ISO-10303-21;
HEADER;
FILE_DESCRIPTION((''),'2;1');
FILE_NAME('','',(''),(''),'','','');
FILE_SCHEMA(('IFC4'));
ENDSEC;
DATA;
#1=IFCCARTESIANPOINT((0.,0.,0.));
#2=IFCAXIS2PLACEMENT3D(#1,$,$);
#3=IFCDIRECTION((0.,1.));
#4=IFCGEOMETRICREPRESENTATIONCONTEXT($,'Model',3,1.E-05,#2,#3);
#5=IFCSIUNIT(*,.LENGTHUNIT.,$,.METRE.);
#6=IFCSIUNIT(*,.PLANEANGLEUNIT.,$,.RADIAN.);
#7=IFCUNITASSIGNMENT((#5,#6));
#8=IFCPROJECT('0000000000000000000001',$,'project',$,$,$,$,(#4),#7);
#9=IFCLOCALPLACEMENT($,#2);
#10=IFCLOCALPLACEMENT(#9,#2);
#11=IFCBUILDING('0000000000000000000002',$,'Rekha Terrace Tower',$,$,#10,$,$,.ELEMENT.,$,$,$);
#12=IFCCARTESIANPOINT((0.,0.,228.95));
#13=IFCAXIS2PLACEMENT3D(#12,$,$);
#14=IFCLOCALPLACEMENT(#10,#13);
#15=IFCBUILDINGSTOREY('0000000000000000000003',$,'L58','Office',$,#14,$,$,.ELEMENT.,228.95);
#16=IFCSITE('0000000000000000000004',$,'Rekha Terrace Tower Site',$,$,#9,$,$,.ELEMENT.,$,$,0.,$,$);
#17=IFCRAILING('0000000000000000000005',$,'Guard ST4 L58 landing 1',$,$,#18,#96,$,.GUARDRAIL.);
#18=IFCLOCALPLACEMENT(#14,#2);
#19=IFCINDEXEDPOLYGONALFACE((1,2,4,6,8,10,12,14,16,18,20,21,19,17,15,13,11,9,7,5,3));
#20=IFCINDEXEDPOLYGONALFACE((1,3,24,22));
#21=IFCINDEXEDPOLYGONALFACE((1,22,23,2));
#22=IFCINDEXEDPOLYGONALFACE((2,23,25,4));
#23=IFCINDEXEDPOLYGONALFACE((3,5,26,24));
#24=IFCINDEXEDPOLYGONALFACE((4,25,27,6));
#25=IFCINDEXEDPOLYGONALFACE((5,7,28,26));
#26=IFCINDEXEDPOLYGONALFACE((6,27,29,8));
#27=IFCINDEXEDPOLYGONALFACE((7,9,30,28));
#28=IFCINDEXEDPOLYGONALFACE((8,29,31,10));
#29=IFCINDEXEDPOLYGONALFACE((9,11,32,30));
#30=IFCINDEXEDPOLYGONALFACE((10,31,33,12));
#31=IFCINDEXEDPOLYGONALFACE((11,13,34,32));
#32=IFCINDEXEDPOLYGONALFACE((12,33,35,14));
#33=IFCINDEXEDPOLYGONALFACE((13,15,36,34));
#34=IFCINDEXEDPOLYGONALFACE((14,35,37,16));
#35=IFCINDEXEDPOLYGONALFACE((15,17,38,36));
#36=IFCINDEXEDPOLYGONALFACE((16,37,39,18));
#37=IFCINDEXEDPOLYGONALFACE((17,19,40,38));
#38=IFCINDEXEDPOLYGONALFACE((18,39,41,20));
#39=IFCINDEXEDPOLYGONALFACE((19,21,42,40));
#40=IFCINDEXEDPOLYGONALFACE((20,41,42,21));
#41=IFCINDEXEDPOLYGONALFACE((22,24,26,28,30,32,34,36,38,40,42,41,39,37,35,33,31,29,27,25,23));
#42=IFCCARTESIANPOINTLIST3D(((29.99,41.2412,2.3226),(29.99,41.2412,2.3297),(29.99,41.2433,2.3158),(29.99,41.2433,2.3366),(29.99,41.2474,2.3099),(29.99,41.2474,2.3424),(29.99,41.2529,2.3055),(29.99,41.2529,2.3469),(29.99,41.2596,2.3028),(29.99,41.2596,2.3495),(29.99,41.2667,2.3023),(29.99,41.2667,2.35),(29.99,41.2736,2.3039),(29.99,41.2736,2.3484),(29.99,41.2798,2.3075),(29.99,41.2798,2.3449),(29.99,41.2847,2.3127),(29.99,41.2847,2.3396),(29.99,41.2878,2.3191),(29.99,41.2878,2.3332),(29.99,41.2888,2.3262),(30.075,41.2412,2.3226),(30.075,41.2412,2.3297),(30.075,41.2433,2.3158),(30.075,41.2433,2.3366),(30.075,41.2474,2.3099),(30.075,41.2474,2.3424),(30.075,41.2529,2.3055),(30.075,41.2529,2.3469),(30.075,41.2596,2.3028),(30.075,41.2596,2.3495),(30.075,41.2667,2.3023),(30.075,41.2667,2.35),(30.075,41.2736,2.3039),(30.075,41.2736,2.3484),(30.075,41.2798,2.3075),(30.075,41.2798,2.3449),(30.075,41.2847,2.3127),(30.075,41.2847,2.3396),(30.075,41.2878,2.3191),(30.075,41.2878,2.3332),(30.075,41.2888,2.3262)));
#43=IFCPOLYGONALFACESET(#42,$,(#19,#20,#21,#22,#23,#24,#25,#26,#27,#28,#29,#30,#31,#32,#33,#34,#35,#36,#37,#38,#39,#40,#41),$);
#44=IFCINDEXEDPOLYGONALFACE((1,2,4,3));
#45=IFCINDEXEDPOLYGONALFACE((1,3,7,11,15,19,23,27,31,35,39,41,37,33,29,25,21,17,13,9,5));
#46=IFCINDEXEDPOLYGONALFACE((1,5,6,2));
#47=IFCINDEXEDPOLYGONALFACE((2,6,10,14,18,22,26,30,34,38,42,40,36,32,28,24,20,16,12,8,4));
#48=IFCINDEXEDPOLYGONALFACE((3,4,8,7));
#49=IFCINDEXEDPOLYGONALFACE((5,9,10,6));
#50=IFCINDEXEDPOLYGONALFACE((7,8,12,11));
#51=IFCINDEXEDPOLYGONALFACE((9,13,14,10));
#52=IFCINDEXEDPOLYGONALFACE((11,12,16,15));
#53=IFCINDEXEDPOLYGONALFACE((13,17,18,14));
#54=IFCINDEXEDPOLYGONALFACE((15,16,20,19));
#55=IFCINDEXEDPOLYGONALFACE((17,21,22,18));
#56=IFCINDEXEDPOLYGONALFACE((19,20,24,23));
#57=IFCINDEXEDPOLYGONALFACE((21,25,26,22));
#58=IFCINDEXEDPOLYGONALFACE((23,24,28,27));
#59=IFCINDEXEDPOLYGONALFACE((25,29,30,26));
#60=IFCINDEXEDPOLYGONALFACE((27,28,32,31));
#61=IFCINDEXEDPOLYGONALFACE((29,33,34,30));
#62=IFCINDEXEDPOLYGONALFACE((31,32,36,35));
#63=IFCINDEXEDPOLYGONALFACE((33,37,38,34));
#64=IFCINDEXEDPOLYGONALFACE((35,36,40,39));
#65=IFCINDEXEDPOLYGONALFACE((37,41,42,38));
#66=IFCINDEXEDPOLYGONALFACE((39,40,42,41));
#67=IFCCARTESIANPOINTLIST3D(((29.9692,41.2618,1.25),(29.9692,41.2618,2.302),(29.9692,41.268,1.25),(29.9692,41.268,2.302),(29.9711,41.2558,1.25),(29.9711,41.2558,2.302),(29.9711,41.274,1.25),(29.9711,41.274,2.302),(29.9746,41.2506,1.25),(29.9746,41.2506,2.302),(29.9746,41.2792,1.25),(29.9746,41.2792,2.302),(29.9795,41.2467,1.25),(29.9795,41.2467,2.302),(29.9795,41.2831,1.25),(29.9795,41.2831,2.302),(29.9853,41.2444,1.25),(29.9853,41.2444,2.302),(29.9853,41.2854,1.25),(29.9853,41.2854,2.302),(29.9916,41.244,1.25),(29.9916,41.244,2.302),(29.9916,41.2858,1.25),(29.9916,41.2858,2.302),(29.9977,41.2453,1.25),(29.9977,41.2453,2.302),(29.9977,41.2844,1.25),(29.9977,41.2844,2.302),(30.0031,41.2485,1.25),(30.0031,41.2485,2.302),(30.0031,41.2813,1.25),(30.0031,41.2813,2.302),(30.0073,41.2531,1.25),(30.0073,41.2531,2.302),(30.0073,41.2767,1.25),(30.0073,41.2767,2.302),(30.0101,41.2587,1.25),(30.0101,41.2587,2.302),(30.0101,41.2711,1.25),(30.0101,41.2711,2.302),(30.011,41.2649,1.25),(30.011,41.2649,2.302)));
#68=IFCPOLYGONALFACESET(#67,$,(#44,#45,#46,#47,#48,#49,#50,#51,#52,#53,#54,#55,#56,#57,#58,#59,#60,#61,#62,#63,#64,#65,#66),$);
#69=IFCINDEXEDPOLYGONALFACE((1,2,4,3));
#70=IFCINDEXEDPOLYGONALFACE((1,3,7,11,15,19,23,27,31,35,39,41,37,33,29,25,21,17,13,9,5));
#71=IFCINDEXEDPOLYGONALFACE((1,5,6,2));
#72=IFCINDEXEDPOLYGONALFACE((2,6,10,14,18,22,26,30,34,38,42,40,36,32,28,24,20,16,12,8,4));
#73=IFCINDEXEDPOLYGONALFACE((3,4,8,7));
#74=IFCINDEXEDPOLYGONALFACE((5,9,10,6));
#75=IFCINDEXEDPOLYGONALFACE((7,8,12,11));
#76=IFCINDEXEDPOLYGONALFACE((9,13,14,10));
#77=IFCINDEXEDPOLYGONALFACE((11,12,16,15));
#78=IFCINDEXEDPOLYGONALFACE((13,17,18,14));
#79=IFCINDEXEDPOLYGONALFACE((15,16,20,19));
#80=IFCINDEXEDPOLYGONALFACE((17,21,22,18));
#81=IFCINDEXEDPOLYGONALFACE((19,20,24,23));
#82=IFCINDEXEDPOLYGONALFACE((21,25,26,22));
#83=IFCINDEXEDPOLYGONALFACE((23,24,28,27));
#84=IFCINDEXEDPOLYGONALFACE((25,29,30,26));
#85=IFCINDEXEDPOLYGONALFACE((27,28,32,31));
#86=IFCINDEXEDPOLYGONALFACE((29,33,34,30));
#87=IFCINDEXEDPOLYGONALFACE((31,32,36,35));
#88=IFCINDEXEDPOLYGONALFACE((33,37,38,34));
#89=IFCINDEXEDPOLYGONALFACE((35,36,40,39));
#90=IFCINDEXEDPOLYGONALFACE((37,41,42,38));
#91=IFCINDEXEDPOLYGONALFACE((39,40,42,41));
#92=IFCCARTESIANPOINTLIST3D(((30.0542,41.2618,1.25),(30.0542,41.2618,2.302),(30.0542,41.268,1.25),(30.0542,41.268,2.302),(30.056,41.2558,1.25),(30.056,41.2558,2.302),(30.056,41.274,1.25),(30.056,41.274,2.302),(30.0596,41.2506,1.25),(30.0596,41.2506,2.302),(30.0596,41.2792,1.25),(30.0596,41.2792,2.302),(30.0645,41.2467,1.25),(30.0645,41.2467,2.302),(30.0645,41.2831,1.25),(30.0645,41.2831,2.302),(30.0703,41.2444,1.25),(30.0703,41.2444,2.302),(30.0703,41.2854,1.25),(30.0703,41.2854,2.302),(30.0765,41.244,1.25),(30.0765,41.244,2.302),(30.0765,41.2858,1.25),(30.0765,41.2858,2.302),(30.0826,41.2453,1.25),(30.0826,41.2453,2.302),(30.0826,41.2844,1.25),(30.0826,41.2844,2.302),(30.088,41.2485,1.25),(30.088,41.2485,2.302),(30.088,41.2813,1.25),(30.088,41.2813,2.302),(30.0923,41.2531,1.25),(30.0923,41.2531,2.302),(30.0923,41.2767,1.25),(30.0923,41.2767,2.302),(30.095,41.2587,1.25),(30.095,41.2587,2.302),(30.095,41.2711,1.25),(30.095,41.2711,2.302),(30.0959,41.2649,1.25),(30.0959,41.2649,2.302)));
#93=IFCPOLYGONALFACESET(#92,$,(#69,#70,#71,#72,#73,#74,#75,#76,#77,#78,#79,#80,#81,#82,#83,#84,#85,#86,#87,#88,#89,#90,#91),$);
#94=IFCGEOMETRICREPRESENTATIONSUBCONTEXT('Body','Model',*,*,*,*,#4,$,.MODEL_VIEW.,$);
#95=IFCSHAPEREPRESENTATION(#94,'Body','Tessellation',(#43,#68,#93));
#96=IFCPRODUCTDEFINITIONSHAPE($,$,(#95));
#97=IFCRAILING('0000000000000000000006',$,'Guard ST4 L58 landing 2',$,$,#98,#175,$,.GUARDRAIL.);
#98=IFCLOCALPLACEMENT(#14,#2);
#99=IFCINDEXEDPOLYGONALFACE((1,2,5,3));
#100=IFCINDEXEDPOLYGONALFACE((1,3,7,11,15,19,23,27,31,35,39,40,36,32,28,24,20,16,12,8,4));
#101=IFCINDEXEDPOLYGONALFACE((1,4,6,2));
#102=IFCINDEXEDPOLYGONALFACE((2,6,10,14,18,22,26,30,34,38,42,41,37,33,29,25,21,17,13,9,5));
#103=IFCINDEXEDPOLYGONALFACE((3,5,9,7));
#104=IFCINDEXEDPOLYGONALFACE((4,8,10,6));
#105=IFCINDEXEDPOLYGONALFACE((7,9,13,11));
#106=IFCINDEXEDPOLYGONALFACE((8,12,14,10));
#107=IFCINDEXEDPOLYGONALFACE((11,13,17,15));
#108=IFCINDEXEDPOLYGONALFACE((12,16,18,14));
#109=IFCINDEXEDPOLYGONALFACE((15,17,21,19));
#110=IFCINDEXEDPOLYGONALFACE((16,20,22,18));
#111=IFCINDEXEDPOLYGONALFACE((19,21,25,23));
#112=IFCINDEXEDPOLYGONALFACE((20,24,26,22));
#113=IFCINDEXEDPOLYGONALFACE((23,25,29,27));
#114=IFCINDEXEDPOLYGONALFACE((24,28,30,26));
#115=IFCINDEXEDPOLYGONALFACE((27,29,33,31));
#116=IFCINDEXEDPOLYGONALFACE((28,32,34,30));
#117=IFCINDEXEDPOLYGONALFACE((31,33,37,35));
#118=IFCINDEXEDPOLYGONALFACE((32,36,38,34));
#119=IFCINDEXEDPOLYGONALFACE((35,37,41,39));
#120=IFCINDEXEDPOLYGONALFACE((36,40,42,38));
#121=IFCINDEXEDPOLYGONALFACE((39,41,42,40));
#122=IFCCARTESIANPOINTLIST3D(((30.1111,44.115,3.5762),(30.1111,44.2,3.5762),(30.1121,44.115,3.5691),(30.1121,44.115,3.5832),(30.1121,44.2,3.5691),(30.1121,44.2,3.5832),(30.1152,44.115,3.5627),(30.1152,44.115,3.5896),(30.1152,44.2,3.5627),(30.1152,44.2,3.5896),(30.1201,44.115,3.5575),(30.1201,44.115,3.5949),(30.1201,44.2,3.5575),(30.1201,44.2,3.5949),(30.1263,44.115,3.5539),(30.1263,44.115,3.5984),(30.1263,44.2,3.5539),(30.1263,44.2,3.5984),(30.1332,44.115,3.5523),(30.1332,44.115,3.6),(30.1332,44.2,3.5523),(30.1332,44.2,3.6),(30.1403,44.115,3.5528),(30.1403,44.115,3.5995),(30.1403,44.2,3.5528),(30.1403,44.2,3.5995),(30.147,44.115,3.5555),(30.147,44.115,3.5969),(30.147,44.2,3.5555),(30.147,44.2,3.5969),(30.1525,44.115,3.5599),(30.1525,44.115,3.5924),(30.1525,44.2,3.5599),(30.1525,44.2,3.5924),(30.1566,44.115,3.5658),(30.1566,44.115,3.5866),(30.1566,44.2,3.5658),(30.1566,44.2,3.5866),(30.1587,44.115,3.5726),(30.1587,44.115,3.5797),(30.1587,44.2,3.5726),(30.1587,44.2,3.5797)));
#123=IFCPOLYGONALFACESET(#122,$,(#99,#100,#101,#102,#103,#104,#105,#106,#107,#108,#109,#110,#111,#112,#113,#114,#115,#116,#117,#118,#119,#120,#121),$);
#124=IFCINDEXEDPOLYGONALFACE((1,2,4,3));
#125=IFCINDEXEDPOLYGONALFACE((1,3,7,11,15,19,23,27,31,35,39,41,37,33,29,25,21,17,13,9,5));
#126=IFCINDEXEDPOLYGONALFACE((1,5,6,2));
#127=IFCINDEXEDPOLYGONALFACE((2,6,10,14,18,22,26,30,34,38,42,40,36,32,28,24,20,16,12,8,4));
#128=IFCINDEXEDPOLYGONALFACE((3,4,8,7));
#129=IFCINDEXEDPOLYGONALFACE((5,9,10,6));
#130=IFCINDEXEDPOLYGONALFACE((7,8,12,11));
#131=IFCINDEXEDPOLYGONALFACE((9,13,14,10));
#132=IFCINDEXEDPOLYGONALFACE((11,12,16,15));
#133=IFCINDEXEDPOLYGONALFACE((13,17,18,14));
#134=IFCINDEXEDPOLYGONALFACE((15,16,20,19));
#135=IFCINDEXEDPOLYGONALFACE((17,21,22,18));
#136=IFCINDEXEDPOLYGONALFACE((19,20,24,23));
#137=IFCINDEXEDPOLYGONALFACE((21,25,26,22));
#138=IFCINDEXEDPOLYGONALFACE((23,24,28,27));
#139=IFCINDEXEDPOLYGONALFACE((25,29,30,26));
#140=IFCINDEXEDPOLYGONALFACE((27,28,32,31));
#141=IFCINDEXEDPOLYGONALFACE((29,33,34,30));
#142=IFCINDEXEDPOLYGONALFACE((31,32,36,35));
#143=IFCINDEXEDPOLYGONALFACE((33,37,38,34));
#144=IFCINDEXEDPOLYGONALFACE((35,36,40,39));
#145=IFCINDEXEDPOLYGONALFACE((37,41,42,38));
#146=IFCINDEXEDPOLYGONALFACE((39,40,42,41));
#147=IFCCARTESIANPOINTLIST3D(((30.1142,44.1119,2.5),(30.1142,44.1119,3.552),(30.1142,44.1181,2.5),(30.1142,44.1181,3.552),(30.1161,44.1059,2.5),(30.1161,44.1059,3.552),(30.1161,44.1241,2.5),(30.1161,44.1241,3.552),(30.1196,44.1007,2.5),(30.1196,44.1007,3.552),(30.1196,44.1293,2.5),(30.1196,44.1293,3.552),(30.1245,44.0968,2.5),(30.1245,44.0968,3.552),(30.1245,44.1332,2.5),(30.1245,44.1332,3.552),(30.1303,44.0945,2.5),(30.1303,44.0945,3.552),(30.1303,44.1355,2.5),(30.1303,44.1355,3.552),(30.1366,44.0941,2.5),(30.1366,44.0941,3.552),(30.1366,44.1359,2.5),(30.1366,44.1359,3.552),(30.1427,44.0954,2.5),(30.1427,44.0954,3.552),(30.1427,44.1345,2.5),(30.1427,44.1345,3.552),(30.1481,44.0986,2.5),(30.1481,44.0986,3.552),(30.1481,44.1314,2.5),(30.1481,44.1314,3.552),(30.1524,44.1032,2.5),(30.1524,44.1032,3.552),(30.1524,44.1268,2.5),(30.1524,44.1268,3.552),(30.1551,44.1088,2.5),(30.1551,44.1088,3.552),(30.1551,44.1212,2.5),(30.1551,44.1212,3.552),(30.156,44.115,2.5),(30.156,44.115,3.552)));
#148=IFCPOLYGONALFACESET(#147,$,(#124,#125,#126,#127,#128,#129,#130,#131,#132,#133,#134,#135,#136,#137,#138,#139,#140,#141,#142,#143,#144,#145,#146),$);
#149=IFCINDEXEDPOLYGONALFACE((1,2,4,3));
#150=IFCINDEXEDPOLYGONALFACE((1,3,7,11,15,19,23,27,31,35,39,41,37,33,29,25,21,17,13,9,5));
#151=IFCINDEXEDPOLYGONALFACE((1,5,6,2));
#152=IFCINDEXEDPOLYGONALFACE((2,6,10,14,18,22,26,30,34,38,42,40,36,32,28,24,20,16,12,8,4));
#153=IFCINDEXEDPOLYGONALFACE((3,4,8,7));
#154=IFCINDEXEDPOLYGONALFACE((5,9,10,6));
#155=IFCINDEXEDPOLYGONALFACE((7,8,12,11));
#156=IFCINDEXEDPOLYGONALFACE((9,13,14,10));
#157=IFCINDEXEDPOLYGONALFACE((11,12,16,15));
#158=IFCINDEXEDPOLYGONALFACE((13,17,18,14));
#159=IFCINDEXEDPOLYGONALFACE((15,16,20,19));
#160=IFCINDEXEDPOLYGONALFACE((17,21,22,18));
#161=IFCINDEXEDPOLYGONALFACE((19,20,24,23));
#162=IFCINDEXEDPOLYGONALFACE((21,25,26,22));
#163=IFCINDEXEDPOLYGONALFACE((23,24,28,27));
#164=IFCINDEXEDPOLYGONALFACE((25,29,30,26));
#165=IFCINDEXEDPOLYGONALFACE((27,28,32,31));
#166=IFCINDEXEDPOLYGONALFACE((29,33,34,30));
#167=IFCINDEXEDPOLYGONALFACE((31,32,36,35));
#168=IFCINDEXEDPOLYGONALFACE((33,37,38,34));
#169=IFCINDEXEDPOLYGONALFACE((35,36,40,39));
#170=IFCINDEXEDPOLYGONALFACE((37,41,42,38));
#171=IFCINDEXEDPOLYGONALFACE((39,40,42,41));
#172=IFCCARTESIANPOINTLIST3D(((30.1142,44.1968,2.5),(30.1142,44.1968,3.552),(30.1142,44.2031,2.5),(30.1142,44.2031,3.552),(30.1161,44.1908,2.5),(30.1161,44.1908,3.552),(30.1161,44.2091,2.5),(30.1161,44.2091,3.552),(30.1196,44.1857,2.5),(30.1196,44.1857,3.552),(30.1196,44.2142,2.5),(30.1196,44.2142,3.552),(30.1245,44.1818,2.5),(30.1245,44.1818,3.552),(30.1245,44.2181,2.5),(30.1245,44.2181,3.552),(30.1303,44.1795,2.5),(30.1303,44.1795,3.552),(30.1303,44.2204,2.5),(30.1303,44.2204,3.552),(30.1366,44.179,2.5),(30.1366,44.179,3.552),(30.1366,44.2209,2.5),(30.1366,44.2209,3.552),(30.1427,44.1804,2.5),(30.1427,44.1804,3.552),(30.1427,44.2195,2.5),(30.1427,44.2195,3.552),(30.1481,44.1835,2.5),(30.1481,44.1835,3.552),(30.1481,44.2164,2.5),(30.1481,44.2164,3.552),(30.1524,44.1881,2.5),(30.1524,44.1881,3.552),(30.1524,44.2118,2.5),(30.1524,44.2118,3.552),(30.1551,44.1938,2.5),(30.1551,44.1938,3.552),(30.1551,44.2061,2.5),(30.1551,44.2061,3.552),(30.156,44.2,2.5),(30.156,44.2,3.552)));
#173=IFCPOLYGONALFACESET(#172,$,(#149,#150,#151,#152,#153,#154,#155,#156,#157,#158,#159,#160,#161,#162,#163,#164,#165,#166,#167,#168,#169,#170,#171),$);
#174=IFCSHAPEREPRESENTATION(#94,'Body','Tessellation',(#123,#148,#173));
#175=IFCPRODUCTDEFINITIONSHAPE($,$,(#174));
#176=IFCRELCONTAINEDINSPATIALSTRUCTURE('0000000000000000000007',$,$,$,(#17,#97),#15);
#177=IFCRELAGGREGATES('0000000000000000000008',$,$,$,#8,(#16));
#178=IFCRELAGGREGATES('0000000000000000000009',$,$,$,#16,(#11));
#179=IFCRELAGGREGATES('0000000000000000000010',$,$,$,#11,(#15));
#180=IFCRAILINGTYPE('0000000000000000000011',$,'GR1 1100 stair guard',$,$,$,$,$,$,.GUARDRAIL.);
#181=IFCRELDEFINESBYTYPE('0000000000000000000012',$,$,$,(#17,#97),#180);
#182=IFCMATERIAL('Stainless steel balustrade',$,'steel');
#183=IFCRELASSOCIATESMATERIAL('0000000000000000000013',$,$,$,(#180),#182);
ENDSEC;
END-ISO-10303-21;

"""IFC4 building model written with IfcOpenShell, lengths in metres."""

from ifc_helpers import new_model, si_unit, direction, frame, origin, origin_2d, place, context, subcontext, project, spatial, circle, extrude, material, type_object, element, save


model = new_model("IFC4")

# Units and contexts
model_context = context("Model", 3, precision=1e-05, world=origin(), true_north=direction((0.0, 1.0)))
body_context = subcontext(model_context, "Body", "Model", "MODEL_VIEW")
ifc_project = project(units=[si_unit("LENGTHUNIT", "METRE"), si_unit("PLANEANGLEUNIT", "RADIAN")], contexts=[model_context])

# Site, building, storey
site_placement = place(None, origin())
site = spatial("IfcSite", under=ifc_project, at=site_placement, Name="Rekha Terrace Tower Site", CompositionType="ELEMENT", RefElevation=0.0)
building_placement = place(site_placement, origin())
building = spatial("IfcBuilding", under=site, at=building_placement, Name="Rekha Terrace Tower", CompositionType="ELEMENT")
storey_placement = place(building_placement, frame((0.0, 0.0, 228.95)))
storey = spatial("IfcBuildingStorey", under=building, at=storey_placement, Name="L58", Description="Office", CompositionType="ELEMENT", Elevation=228.95)

# Railings
ifc_material_1 = material(Name="Stainless steel balustrade", Category="steel")
railing_type_1 = type_object("IfcRailingType", Name="GR1 1100 stair guard", PredefinedType="GUARDRAIL", material=ifc_material_1)
railing_1_placement = place(storey_placement, frame((29.99, 41.2649, 1.25)))
element("IfcRailing", 1, at=railing_1_placement, inside=storey, type_object=railing_type_1, Name="Guard ST4 L58 landing 1", PredefinedType="GUARDRAIL", context=body_context, shape_type="SweptSolid", body=[
    extrude(circle(Radius=0.0239, at=origin_2d()), frame((0.0, 0.0, 1.0762), z_axis=(1.0, 0.0, 0.0), x_axis=(0.0, 1.0, 0.0)), (0.0, 0.0, 1.0), 0.085),
    extrude(circle(Radius=0.021, at=origin_2d()), origin(), (0.0, 0.0, 1.0), 1.052),
    extrude(circle(Radius=0.021, at=origin_2d()), frame((0.085, 0.0, 0.0)), (0.0, 0.0, 1.0), 1.052),
])
railing_2_placement = place(storey_placement, frame((30.135, 44.115, 2.5)))
element("IfcRailing", 2, at=railing_2_placement, inside=storey, type_object=railing_type_1, Name="Guard ST4 L58 landing 2", PredefinedType="GUARDRAIL", context=body_context, shape_type="SweptSolid", body=[
    extrude(circle(Radius=0.0239, at=origin_2d()), frame((0.0, 0.0, 1.0762), z_axis=(0.0, 1.0, 0.0), x_axis=(-1.0, 0.0, 0.0)), (0.0, 0.0, 1.0), 0.085),
    extrude(circle(Radius=0.021, at=origin_2d()), origin(), (0.0, 0.0, 1.0), 1.052),
    extrude(circle(Radius=0.021, at=origin_2d()), frame((0.0, 0.085, 0.0)), (0.0, 0.0, 1.0), 1.052),
])

save(model, "model.ifc")
